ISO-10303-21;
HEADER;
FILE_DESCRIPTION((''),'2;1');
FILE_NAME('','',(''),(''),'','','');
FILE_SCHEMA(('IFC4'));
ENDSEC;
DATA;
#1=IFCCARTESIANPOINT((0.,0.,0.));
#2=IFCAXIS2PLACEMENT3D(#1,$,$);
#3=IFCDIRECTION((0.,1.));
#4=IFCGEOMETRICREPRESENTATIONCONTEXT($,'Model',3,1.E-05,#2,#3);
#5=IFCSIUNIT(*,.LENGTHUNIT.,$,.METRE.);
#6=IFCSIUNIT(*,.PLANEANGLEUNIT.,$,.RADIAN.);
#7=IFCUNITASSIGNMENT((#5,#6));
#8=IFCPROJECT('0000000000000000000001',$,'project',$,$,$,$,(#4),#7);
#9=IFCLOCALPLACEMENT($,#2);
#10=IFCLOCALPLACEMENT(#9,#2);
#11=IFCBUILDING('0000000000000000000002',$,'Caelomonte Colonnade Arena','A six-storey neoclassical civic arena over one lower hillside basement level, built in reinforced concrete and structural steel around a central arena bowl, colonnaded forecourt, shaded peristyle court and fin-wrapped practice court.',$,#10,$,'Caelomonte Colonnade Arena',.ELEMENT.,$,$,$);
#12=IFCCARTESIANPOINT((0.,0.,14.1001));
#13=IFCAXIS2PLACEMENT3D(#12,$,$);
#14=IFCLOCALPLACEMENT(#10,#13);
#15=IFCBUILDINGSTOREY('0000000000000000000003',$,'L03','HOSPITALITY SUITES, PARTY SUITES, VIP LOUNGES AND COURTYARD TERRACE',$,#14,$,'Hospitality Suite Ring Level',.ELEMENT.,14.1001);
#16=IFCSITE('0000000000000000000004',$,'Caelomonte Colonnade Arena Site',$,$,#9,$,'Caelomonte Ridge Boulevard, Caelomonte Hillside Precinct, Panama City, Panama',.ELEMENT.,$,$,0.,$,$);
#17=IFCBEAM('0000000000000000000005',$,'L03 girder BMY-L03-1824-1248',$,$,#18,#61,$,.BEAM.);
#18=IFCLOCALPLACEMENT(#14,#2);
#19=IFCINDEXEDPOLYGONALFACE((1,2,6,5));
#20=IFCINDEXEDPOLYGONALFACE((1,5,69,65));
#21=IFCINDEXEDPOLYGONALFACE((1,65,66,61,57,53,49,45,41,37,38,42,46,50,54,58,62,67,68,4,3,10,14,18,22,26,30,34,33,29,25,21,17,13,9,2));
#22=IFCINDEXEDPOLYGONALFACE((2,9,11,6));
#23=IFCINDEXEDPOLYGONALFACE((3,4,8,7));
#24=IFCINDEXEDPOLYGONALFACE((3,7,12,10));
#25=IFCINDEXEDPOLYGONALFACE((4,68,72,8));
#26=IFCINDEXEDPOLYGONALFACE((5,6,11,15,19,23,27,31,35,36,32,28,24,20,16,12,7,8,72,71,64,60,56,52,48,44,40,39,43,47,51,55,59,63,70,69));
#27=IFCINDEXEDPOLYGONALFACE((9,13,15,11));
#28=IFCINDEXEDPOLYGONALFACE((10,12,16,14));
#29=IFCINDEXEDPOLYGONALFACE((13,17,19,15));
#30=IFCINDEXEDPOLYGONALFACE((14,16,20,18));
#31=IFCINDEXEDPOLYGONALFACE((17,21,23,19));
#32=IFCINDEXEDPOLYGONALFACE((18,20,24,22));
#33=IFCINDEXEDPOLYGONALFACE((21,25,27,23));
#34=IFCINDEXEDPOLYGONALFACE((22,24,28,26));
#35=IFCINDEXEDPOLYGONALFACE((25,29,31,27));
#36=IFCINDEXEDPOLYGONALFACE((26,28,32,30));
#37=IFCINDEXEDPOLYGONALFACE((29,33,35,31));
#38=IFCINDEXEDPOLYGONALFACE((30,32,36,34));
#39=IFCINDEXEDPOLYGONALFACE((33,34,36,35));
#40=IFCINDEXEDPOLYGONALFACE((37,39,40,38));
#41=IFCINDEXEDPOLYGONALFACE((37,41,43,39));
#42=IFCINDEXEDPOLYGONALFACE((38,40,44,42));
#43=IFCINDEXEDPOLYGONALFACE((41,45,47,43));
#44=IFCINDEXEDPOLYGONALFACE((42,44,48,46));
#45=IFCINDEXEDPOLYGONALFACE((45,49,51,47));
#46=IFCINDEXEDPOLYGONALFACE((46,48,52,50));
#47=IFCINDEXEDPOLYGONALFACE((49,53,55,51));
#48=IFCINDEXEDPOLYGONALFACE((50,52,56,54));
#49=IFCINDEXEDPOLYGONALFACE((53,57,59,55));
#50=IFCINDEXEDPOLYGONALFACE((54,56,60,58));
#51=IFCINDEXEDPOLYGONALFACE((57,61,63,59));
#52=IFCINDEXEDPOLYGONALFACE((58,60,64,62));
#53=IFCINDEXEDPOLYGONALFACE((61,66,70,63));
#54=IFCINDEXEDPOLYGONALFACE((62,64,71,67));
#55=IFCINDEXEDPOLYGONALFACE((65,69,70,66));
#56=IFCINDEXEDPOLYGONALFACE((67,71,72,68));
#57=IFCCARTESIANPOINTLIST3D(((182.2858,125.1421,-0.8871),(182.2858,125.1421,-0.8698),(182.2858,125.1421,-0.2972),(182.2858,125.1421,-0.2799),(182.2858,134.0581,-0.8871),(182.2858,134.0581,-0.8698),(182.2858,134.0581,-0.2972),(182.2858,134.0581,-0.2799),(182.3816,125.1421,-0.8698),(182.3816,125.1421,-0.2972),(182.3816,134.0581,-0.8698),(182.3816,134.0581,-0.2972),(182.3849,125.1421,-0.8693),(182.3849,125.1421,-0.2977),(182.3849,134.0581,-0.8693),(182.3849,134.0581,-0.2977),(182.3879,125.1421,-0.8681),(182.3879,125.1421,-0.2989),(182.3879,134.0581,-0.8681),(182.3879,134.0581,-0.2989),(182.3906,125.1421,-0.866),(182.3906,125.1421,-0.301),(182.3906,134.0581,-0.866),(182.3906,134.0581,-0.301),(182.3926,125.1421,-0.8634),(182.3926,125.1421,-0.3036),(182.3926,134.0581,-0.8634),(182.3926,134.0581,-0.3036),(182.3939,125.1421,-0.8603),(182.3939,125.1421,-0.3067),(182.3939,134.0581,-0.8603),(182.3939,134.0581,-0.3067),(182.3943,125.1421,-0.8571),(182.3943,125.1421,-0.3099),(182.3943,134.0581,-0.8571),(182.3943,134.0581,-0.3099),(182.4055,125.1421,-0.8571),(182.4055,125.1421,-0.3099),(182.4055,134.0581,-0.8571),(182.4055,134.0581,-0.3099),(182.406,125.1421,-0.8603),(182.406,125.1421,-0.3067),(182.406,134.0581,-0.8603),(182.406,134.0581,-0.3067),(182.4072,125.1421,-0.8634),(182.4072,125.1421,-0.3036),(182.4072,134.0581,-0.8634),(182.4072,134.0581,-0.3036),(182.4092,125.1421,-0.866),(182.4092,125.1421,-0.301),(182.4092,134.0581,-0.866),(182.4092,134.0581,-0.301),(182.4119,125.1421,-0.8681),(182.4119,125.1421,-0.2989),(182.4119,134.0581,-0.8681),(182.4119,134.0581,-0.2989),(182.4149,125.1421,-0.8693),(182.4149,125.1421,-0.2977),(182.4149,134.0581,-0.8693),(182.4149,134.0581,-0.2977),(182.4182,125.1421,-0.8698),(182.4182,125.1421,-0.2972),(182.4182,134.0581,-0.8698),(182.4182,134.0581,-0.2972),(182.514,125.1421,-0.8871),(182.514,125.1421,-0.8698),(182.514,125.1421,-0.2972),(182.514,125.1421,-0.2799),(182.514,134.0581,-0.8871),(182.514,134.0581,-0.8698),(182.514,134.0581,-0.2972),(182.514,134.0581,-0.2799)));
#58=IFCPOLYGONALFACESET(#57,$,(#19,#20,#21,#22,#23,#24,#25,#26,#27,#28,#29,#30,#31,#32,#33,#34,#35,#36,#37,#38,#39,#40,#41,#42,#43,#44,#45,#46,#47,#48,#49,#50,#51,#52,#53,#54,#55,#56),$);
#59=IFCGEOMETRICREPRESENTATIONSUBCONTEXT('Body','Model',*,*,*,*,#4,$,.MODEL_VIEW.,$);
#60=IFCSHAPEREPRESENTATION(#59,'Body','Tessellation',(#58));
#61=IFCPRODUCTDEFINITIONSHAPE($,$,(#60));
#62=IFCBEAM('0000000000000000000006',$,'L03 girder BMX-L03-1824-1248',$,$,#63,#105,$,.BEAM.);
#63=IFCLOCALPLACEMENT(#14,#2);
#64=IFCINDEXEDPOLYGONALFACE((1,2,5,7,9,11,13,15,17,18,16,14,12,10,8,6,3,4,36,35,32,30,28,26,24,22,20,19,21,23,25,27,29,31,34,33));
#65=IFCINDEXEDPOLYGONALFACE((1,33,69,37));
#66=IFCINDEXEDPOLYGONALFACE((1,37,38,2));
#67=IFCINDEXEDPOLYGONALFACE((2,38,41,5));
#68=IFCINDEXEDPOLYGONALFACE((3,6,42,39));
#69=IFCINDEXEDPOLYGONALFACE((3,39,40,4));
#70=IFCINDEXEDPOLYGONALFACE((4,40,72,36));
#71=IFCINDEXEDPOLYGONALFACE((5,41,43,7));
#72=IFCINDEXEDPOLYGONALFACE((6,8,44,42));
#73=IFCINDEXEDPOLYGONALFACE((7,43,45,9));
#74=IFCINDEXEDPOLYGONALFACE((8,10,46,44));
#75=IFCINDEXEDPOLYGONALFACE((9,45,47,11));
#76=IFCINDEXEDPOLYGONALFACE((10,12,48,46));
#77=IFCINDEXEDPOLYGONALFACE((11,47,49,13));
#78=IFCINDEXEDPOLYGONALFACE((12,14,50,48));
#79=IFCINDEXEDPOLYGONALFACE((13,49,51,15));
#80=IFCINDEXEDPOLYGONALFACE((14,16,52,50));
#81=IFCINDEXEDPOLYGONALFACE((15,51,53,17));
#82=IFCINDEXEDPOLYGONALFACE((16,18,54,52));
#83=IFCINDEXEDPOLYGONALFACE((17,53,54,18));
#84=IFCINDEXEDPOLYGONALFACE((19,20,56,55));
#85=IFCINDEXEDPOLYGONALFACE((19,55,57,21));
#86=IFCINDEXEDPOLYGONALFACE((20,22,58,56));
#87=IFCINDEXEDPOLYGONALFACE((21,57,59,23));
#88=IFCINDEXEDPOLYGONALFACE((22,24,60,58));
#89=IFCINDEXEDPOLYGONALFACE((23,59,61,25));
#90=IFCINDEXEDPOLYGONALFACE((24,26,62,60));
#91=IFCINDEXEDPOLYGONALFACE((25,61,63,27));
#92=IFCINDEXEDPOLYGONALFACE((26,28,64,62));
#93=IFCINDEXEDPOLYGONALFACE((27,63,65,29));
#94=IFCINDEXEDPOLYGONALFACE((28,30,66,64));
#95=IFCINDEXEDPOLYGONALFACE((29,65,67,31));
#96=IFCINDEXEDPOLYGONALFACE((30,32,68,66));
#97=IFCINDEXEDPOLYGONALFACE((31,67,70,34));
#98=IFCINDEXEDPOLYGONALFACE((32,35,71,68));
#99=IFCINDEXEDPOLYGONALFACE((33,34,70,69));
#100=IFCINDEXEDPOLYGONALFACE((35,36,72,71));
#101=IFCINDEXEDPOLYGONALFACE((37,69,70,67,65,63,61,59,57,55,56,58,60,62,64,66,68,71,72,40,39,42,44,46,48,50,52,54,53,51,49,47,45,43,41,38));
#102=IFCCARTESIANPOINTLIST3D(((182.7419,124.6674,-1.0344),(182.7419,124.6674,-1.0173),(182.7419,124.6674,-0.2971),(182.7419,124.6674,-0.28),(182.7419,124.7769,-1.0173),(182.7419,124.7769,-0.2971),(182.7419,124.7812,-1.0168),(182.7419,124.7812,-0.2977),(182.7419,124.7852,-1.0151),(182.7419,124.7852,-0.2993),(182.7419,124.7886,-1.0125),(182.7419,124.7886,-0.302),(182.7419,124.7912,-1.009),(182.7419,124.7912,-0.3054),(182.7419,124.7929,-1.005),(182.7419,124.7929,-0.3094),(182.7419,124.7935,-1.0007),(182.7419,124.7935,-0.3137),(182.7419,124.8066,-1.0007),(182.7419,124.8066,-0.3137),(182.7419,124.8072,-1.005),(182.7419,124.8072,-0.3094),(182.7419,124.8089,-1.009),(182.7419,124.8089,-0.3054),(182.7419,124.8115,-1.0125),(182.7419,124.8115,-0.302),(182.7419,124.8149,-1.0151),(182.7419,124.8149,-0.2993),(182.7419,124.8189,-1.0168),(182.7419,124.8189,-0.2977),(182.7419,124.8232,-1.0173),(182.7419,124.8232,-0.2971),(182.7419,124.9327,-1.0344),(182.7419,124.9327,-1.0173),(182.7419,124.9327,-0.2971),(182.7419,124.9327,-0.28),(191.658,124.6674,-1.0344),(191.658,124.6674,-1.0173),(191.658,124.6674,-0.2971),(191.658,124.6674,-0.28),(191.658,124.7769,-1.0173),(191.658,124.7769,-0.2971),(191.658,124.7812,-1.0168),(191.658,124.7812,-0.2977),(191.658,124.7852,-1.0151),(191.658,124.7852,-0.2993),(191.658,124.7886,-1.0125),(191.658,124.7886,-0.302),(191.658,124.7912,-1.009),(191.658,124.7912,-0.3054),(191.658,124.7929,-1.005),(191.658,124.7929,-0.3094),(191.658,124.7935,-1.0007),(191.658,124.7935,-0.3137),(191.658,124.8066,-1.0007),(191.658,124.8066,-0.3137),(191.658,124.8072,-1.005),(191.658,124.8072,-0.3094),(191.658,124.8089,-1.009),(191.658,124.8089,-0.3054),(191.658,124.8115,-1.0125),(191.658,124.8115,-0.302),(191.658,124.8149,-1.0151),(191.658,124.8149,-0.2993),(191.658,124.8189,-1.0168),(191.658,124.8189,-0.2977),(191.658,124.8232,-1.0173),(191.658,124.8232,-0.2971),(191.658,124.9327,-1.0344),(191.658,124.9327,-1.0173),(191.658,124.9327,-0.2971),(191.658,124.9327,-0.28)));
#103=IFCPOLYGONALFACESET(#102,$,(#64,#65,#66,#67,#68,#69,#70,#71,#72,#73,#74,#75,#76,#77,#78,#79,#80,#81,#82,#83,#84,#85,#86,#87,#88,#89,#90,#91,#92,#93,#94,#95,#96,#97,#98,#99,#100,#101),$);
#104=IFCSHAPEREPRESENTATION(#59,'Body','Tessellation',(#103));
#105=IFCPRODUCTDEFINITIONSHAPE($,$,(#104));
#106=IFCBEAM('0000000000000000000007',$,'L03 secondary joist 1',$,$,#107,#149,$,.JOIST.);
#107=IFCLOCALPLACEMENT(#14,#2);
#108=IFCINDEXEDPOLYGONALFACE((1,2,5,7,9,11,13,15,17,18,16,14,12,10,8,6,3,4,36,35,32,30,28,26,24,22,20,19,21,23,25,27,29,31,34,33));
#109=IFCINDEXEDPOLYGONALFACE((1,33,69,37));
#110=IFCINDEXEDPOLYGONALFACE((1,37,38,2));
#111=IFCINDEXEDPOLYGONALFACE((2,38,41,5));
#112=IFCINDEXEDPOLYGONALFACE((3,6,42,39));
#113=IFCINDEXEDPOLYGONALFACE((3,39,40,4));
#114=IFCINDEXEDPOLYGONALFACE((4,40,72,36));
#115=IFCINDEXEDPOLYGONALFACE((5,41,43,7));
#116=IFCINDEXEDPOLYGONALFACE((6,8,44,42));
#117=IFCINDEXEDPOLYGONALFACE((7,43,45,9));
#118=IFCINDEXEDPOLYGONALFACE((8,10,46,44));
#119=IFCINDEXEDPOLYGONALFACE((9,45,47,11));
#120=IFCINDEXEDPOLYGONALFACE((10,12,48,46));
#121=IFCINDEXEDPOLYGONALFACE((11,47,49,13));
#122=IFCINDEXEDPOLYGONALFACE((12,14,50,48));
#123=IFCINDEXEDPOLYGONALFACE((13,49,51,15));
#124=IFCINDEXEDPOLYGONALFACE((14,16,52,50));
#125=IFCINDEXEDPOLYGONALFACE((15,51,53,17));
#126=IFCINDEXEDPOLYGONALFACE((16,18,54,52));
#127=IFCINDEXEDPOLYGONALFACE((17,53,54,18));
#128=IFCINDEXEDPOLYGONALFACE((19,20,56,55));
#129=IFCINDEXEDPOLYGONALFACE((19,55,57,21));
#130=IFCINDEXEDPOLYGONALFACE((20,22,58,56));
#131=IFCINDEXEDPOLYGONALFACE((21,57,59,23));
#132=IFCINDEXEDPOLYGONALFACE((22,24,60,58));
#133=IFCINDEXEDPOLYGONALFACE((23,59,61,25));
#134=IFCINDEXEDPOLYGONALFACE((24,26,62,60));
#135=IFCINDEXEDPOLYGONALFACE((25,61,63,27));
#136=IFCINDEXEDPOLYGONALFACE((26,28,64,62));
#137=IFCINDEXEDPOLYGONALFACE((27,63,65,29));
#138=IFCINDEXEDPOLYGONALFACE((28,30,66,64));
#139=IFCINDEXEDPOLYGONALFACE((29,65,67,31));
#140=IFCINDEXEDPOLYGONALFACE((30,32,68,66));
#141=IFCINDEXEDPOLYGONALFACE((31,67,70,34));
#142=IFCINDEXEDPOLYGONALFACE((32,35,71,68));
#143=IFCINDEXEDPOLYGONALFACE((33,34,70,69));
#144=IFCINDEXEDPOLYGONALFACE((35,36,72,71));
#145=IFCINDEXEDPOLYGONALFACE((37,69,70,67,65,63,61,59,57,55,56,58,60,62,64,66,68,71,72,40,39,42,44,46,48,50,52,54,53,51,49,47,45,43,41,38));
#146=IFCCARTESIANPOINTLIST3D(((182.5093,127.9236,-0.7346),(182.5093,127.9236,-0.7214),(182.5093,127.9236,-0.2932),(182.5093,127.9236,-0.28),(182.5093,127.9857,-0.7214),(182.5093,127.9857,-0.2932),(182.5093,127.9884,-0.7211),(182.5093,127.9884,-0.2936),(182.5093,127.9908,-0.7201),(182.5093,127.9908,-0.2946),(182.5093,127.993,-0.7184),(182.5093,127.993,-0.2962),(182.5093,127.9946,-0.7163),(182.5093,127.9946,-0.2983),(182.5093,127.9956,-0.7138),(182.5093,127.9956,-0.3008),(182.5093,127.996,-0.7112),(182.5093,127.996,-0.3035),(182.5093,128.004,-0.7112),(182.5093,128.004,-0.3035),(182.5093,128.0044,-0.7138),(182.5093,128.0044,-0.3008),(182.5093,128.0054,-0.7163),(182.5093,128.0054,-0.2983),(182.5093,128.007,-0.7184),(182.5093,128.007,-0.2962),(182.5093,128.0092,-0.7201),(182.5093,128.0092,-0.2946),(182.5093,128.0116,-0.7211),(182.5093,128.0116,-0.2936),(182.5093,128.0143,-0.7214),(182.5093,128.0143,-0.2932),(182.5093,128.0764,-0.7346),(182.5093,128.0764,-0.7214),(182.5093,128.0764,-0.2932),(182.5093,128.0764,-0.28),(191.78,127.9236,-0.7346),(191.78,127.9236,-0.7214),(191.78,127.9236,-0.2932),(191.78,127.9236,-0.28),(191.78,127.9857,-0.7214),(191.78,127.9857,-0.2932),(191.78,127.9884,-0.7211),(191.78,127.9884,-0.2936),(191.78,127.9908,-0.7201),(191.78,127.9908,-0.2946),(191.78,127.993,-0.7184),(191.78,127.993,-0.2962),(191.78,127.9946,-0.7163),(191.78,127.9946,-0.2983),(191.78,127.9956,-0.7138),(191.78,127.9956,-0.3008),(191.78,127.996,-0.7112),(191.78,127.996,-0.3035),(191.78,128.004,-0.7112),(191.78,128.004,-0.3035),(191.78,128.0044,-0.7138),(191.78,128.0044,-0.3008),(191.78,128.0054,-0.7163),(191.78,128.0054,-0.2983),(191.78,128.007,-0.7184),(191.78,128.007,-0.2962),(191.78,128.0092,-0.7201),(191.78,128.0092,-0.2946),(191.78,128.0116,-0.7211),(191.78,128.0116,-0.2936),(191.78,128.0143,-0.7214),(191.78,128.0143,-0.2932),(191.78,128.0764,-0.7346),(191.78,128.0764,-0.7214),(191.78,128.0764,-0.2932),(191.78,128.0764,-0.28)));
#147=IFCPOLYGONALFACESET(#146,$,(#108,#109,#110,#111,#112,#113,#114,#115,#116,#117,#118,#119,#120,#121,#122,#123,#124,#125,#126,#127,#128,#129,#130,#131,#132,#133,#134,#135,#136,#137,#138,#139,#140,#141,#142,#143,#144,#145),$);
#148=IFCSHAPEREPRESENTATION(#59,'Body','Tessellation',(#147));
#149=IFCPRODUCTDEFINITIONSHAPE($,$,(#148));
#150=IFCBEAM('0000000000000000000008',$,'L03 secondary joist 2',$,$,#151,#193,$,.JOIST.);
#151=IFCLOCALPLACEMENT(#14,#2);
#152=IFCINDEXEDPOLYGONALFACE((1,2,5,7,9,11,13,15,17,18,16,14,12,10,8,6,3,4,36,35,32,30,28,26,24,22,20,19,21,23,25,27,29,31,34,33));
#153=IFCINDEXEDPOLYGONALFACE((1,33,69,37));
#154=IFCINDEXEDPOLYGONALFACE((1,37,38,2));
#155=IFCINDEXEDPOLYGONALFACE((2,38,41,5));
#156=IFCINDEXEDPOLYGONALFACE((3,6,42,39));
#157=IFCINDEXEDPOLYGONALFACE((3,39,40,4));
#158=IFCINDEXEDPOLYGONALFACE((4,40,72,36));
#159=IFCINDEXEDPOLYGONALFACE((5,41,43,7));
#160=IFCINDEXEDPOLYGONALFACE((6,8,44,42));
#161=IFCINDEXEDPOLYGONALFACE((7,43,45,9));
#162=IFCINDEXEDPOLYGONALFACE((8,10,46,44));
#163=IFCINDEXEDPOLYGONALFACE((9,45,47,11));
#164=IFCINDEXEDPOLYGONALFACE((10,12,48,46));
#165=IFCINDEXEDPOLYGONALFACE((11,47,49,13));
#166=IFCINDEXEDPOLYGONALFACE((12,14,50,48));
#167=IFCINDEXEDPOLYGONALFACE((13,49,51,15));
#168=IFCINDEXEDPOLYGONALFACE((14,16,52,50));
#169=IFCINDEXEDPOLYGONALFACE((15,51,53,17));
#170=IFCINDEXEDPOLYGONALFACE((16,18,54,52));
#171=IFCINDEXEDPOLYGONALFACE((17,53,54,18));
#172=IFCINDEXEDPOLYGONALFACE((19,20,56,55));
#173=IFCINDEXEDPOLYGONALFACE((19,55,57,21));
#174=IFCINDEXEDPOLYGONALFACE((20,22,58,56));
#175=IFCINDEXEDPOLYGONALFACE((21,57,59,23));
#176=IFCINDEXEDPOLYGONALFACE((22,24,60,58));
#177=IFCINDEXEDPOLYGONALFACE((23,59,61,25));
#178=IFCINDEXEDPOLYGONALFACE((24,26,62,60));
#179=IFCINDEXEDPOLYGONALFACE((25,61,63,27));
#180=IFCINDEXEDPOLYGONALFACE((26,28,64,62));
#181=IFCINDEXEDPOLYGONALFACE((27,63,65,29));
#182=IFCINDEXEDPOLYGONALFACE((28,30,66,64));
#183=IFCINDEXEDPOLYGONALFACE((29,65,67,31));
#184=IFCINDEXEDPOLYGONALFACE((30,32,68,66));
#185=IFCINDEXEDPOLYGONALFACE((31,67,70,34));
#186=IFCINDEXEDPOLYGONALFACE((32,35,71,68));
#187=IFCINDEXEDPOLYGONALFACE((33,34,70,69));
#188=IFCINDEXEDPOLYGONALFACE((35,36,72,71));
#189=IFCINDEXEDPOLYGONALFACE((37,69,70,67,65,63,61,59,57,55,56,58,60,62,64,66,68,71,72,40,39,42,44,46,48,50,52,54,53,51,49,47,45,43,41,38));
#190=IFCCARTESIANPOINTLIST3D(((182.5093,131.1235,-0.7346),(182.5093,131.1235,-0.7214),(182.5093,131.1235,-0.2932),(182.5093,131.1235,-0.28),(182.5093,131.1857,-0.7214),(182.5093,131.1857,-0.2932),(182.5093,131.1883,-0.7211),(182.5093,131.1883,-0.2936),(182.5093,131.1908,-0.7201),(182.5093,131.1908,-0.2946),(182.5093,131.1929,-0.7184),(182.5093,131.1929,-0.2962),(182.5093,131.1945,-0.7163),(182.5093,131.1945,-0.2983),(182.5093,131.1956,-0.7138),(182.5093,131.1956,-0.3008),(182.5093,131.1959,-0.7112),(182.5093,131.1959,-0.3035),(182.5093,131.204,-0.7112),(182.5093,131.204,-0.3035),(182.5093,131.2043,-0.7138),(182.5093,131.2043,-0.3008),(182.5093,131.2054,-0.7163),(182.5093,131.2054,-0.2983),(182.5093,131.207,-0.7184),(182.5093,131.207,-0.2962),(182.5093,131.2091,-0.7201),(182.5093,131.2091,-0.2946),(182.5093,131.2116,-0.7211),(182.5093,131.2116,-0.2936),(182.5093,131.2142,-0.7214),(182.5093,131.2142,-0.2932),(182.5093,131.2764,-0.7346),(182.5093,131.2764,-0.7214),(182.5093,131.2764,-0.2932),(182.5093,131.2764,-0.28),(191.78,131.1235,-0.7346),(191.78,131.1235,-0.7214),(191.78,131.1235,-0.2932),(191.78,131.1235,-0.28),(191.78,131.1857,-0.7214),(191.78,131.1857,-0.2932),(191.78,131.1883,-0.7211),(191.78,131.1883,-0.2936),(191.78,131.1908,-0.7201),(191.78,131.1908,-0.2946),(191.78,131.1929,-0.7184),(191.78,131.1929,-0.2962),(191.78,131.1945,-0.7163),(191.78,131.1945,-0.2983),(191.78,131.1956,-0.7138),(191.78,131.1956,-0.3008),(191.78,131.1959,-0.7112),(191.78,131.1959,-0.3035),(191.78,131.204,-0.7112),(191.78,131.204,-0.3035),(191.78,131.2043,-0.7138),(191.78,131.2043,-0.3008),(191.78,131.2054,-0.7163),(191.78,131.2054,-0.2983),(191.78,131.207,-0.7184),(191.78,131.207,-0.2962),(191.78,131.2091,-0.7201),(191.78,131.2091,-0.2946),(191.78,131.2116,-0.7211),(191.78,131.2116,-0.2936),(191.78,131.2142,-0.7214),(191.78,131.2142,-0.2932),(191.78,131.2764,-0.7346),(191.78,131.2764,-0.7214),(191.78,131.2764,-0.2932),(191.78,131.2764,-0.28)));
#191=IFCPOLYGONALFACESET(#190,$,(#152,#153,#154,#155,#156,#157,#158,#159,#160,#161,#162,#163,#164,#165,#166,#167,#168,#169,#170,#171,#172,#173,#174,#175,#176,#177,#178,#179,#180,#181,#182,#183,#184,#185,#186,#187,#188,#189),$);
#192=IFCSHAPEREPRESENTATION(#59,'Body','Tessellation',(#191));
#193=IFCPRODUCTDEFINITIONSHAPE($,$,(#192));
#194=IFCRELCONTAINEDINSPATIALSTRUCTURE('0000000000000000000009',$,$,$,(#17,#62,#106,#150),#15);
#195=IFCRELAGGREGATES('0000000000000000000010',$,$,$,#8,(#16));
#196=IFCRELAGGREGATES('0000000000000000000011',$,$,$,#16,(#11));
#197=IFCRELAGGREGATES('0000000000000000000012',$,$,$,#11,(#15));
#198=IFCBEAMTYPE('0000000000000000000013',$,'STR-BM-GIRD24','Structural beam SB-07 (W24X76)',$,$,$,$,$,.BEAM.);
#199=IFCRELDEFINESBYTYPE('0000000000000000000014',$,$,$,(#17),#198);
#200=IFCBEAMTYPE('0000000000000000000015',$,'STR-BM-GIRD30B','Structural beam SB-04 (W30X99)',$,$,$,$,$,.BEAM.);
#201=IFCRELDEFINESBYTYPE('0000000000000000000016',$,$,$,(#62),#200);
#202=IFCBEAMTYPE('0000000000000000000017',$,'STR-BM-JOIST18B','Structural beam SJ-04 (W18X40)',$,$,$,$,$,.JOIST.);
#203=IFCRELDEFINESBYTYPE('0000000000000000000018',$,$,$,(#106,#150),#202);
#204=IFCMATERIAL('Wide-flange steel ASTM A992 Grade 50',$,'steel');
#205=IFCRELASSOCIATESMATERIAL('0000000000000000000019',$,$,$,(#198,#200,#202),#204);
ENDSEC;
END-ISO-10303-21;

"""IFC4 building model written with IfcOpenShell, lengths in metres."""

from ifc_helpers import new_model, si_unit, direction, frame, origin, origin_2d, place, context, subcontext, project, spatial, i_section, extrude, material, material_profile, profile_set, type_object, element, save


model = new_model("IFC4")

# Units and contexts
model_context = context("Model", 3, precision=1e-05, world=origin(), true_north=direction((0.0, 1.0)))
body_context = subcontext(model_context, "Body", "Model", "MODEL_VIEW")
ifc_project = project(units=[si_unit("LENGTHUNIT", "METRE"), si_unit("PLANEANGLEUNIT", "RADIAN")], contexts=[model_context])

# Site, building, storey
site_placement = place(None, origin())
site = spatial("IfcSite", under=ifc_project, at=site_placement, Name="Caelomonte Colonnade Arena Site", LongName="Caelomonte Ridge Boulevard, Caelomonte Hillside Precinct, Panama City, Panama", CompositionType="ELEMENT", RefElevation=0.0)
building_placement = place(site_placement, origin())
building = spatial("IfcBuilding", under=site, at=building_placement, Name="Caelomonte Colonnade Arena", Description="A six-storey neoclassical civic arena over one lower hillside basement level, built in reinforced concrete and structural steel around a central arena bowl, colonnaded forecourt, shaded peristyle court and fin-wrapped practice court.", LongName="Caelomonte Colonnade Arena", CompositionType="ELEMENT")
storey_placement = place(building_placement, frame((0.0, 0.0, 14.1001)))
storey = spatial("IfcBuildingStorey", under=building, at=storey_placement, Name="L03", Description="HOSPITALITY SUITES, PARTY SUITES, VIP LOUNGES AND COURTYARD TERRACE", LongName="Hospitality Suite Ring Level", CompositionType="ELEMENT", Elevation=14.1001)

# Beams
ifc_material_1 = material(Name="Wide-flange steel ASTM A992 Grade 50", Category="steel")
ifc_material_profile_1 = material_profile(ifc_material_1, i_section(OverallWidth=0.2283, OverallDepth=0.6072, WebThickness=0.0112, FlangeThickness=0.0173, FilletRadius=0.0127, at=origin_2d()), Name="W24X76")
ifc_profile_set_1 = profile_set([ifc_material_profile_1], Name="Wide-flange steel ASTM A992 Grade 50")
beam_type_1 = type_object("IfcBeamType", Name="STR-BM-GIRD24", Description="Structural beam SB-07 (W24X76)", PredefinedType="BEAM", material=ifc_profile_set_1)
beam_1_placement = place(storey_placement, frame((182.3999, 125.1421, -0.5835), z_axis=(0.0, 1.0, 0.0), x_axis=(-1.0, 0.0, 0.0)))
element("IfcBeam", 1, at=beam_1_placement, inside=storey, type_object=beam_type_1, Name="L03 girder BMY-L03-1824-1248", PredefinedType="BEAM", context=body_context, shape_type="SweptSolid", body=[
    extrude(i_section(OverallWidth=0.2283, OverallDepth=0.6072, WebThickness=0.0112, FlangeThickness=0.0173, FilletRadius=0.0127, at=origin_2d()), origin(), (0.0, 0.0, 1.0), 8.916),
])
ifc_material_profile_2 = material_profile(ifc_material_1, i_section(OverallWidth=0.2654, OverallDepth=0.7544, WebThickness=0.0132, FlangeThickness=0.0171, FilletRadius=0.0166, at=origin_2d()), Name="W30X99")
ifc_profile_set_2 = profile_set([ifc_material_profile_2], Name="Wide-flange steel ASTM A992 Grade 50")
beam_type_2 = type_object("IfcBeamType", Name="STR-BM-GIRD30B", Description="Structural beam SB-04 (W30X99)", PredefinedType="BEAM", material=ifc_profile_set_2)
beam_2_placement = place(storey_placement, frame((182.7419, 124.8, -0.6572), z_axis=(1.0, 0.0, 0.0), x_axis=(0.0, 1.0, 0.0)))
element("IfcBeam", 2, at=beam_2_placement, inside=storey, type_object=beam_type_2, Name="L03 girder BMX-L03-1824-1248", PredefinedType="BEAM", context=body_context, shape_type="SweptSolid", body=[
    extrude(i_section(OverallWidth=0.2654, OverallDepth=0.7544, WebThickness=0.0132, FlangeThickness=0.0171, FilletRadius=0.0166, at=origin_2d()), origin(), (0.0, 0.0, 1.0), 8.916),
])
ifc_material_profile_3 = material_profile(ifc_material_1, i_section(OverallWidth=0.1528, OverallDepth=0.4546, WebThickness=0.0081, FlangeThickness=0.0132, FilletRadius=0.0103, at=origin_2d()), Name="W18X40")
ifc_profile_set_3 = profile_set([ifc_material_profile_3], Name="Wide-flange steel ASTM A992 Grade 50")
beam_type_3 = type_object("IfcBeamType", Name="STR-BM-JOIST18B", Description="Structural beam SJ-04 (W18X40)", PredefinedType="JOIST", material=ifc_profile_set_3)
for number, where, z_axis, x_axis, name in (
    (3, (182.5093, 128.0, -0.5073), (1.0, 0.0, 0.0), (0.0, 1.0, 0.0), "L03 secondary joist 1"),
    (4, (182.5093, 131.2, -0.5073), (1.0, 0.0, 0.0), (0.0, 1.0, 0.0), "L03 secondary joist 2"),
):
    element("IfcBeam", number, at=place(storey_placement, frame(where, z_axis=z_axis, x_axis=x_axis)), inside=storey, type_object=beam_type_3, Name=name, PredefinedType="JOIST", context=body_context, shape_type="SweptSolid", body=[
        extrude(i_section(OverallWidth=0.1528, OverallDepth=0.4546, WebThickness=0.0081, FlangeThickness=0.0132, FilletRadius=0.0103, at=origin_2d()), origin(), (0.0, 0.0, 1.0), 9.2708),
    ])

save(model, "model.ifc")
